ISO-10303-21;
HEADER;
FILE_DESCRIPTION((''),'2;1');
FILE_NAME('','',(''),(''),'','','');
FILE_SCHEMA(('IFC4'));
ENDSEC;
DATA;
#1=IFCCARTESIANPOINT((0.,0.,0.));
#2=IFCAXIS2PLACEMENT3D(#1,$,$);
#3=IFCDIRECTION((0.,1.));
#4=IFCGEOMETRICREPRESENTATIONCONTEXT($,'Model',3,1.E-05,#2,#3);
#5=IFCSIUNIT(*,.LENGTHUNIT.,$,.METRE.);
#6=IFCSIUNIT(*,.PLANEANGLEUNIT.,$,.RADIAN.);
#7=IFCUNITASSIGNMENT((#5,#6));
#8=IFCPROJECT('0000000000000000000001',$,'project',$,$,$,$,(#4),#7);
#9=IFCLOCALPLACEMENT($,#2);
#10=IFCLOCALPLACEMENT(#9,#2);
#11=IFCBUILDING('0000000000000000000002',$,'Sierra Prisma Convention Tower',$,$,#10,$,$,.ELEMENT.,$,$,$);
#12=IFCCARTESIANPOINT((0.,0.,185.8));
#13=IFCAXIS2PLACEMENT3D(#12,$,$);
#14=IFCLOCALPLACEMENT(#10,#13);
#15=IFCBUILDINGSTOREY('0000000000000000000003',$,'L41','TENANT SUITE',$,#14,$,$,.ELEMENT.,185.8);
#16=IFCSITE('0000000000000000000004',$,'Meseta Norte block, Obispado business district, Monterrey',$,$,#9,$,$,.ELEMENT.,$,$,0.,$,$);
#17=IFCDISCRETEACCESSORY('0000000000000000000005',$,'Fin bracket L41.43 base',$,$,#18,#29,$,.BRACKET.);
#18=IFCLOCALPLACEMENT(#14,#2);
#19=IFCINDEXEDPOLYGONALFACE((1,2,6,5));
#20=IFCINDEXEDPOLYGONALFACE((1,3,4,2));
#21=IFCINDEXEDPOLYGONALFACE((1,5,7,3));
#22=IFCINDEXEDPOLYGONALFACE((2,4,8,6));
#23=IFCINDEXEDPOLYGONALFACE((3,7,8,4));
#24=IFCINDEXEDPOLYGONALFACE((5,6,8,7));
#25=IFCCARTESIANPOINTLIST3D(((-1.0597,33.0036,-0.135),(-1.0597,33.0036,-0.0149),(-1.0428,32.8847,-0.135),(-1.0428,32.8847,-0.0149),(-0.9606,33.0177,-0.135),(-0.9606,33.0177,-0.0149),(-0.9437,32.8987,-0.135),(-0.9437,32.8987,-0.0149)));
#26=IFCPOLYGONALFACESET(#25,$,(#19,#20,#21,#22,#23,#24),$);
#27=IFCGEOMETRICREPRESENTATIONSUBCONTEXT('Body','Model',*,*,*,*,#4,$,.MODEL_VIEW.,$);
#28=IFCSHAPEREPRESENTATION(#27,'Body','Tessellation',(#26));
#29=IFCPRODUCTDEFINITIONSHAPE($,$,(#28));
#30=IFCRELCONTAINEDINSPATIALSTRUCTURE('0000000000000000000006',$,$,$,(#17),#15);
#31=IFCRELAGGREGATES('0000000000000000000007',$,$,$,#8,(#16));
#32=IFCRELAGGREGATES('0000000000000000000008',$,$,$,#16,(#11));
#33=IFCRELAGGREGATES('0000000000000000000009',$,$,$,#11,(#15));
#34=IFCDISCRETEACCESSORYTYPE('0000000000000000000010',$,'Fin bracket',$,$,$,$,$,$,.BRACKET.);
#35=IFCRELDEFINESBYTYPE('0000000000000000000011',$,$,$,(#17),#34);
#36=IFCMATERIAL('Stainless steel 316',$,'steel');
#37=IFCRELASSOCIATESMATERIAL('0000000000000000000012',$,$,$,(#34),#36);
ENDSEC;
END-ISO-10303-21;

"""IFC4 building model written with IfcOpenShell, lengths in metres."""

from ifc_helpers import new_model, si_unit, direction, frame, origin, origin_2d, place, context, subcontext, project, spatial, rectangle, extrude, material, type_object, element, save


model = new_model("IFC4")

# Units and contexts
model_context = context("Model", 3, precision=1e-05, world=origin(), true_north=direction((0.0, 1.0)))
body_context = subcontext(model_context, "Body", "Model", "MODEL_VIEW")
ifc_project = project(units=[si_unit("LENGTHUNIT", "METRE"), si_unit("PLANEANGLEUNIT", "RADIAN")], contexts=[model_context])

# Site, building, storey
site_placement = place(None, origin())
site = spatial("IfcSite", under=ifc_project, at=site_placement, Name="Meseta Norte block, Obispado business district, Monterrey", CompositionType="ELEMENT", RefElevation=0.0)
building_placement = place(site_placement, origin())
building = spatial("IfcBuilding", under=site, at=building_placement, Name="Sierra Prisma Convention Tower", CompositionType="ELEMENT")
storey_placement = place(building_placement, frame((0.0, 0.0, 185.8)))
storey = spatial("IfcBuildingStorey", under=building, at=storey_placement, Name="L41", Description="TENANT SUITE", CompositionType="ELEMENT", Elevation=185.8)

# Discrete accessory
ifc_material_1 = material(Name="Stainless steel 316", Category="steel")
discrete_accessory_type = type_object("IfcDiscreteAccessoryType", Name="Fin bracket", PredefinedType="BRACKET", material=ifc_material_1)
discrete_accessory_placement = place(storey_placement, frame((-1.0017, 32.9512, -0.135), z_axis=(0.0, 0.0, 1.0), x_axis=(-0.140246, 0.990117, 0.0)))
element("IfcDiscreteAccessory", 1, at=discrete_accessory_placement, inside=storey, type_object=discrete_accessory_type, Name="Fin bracket L41.43 base", PredefinedType="BRACKET", context=body_context, shape_type="SweptSolid", body=[
    extrude(rectangle(XDim=0.1201, YDim=0.1001, at=origin_2d()), origin(), (0.0, 0.0, 1.0), 0.1201),
])

save(model, "model.ifc")
